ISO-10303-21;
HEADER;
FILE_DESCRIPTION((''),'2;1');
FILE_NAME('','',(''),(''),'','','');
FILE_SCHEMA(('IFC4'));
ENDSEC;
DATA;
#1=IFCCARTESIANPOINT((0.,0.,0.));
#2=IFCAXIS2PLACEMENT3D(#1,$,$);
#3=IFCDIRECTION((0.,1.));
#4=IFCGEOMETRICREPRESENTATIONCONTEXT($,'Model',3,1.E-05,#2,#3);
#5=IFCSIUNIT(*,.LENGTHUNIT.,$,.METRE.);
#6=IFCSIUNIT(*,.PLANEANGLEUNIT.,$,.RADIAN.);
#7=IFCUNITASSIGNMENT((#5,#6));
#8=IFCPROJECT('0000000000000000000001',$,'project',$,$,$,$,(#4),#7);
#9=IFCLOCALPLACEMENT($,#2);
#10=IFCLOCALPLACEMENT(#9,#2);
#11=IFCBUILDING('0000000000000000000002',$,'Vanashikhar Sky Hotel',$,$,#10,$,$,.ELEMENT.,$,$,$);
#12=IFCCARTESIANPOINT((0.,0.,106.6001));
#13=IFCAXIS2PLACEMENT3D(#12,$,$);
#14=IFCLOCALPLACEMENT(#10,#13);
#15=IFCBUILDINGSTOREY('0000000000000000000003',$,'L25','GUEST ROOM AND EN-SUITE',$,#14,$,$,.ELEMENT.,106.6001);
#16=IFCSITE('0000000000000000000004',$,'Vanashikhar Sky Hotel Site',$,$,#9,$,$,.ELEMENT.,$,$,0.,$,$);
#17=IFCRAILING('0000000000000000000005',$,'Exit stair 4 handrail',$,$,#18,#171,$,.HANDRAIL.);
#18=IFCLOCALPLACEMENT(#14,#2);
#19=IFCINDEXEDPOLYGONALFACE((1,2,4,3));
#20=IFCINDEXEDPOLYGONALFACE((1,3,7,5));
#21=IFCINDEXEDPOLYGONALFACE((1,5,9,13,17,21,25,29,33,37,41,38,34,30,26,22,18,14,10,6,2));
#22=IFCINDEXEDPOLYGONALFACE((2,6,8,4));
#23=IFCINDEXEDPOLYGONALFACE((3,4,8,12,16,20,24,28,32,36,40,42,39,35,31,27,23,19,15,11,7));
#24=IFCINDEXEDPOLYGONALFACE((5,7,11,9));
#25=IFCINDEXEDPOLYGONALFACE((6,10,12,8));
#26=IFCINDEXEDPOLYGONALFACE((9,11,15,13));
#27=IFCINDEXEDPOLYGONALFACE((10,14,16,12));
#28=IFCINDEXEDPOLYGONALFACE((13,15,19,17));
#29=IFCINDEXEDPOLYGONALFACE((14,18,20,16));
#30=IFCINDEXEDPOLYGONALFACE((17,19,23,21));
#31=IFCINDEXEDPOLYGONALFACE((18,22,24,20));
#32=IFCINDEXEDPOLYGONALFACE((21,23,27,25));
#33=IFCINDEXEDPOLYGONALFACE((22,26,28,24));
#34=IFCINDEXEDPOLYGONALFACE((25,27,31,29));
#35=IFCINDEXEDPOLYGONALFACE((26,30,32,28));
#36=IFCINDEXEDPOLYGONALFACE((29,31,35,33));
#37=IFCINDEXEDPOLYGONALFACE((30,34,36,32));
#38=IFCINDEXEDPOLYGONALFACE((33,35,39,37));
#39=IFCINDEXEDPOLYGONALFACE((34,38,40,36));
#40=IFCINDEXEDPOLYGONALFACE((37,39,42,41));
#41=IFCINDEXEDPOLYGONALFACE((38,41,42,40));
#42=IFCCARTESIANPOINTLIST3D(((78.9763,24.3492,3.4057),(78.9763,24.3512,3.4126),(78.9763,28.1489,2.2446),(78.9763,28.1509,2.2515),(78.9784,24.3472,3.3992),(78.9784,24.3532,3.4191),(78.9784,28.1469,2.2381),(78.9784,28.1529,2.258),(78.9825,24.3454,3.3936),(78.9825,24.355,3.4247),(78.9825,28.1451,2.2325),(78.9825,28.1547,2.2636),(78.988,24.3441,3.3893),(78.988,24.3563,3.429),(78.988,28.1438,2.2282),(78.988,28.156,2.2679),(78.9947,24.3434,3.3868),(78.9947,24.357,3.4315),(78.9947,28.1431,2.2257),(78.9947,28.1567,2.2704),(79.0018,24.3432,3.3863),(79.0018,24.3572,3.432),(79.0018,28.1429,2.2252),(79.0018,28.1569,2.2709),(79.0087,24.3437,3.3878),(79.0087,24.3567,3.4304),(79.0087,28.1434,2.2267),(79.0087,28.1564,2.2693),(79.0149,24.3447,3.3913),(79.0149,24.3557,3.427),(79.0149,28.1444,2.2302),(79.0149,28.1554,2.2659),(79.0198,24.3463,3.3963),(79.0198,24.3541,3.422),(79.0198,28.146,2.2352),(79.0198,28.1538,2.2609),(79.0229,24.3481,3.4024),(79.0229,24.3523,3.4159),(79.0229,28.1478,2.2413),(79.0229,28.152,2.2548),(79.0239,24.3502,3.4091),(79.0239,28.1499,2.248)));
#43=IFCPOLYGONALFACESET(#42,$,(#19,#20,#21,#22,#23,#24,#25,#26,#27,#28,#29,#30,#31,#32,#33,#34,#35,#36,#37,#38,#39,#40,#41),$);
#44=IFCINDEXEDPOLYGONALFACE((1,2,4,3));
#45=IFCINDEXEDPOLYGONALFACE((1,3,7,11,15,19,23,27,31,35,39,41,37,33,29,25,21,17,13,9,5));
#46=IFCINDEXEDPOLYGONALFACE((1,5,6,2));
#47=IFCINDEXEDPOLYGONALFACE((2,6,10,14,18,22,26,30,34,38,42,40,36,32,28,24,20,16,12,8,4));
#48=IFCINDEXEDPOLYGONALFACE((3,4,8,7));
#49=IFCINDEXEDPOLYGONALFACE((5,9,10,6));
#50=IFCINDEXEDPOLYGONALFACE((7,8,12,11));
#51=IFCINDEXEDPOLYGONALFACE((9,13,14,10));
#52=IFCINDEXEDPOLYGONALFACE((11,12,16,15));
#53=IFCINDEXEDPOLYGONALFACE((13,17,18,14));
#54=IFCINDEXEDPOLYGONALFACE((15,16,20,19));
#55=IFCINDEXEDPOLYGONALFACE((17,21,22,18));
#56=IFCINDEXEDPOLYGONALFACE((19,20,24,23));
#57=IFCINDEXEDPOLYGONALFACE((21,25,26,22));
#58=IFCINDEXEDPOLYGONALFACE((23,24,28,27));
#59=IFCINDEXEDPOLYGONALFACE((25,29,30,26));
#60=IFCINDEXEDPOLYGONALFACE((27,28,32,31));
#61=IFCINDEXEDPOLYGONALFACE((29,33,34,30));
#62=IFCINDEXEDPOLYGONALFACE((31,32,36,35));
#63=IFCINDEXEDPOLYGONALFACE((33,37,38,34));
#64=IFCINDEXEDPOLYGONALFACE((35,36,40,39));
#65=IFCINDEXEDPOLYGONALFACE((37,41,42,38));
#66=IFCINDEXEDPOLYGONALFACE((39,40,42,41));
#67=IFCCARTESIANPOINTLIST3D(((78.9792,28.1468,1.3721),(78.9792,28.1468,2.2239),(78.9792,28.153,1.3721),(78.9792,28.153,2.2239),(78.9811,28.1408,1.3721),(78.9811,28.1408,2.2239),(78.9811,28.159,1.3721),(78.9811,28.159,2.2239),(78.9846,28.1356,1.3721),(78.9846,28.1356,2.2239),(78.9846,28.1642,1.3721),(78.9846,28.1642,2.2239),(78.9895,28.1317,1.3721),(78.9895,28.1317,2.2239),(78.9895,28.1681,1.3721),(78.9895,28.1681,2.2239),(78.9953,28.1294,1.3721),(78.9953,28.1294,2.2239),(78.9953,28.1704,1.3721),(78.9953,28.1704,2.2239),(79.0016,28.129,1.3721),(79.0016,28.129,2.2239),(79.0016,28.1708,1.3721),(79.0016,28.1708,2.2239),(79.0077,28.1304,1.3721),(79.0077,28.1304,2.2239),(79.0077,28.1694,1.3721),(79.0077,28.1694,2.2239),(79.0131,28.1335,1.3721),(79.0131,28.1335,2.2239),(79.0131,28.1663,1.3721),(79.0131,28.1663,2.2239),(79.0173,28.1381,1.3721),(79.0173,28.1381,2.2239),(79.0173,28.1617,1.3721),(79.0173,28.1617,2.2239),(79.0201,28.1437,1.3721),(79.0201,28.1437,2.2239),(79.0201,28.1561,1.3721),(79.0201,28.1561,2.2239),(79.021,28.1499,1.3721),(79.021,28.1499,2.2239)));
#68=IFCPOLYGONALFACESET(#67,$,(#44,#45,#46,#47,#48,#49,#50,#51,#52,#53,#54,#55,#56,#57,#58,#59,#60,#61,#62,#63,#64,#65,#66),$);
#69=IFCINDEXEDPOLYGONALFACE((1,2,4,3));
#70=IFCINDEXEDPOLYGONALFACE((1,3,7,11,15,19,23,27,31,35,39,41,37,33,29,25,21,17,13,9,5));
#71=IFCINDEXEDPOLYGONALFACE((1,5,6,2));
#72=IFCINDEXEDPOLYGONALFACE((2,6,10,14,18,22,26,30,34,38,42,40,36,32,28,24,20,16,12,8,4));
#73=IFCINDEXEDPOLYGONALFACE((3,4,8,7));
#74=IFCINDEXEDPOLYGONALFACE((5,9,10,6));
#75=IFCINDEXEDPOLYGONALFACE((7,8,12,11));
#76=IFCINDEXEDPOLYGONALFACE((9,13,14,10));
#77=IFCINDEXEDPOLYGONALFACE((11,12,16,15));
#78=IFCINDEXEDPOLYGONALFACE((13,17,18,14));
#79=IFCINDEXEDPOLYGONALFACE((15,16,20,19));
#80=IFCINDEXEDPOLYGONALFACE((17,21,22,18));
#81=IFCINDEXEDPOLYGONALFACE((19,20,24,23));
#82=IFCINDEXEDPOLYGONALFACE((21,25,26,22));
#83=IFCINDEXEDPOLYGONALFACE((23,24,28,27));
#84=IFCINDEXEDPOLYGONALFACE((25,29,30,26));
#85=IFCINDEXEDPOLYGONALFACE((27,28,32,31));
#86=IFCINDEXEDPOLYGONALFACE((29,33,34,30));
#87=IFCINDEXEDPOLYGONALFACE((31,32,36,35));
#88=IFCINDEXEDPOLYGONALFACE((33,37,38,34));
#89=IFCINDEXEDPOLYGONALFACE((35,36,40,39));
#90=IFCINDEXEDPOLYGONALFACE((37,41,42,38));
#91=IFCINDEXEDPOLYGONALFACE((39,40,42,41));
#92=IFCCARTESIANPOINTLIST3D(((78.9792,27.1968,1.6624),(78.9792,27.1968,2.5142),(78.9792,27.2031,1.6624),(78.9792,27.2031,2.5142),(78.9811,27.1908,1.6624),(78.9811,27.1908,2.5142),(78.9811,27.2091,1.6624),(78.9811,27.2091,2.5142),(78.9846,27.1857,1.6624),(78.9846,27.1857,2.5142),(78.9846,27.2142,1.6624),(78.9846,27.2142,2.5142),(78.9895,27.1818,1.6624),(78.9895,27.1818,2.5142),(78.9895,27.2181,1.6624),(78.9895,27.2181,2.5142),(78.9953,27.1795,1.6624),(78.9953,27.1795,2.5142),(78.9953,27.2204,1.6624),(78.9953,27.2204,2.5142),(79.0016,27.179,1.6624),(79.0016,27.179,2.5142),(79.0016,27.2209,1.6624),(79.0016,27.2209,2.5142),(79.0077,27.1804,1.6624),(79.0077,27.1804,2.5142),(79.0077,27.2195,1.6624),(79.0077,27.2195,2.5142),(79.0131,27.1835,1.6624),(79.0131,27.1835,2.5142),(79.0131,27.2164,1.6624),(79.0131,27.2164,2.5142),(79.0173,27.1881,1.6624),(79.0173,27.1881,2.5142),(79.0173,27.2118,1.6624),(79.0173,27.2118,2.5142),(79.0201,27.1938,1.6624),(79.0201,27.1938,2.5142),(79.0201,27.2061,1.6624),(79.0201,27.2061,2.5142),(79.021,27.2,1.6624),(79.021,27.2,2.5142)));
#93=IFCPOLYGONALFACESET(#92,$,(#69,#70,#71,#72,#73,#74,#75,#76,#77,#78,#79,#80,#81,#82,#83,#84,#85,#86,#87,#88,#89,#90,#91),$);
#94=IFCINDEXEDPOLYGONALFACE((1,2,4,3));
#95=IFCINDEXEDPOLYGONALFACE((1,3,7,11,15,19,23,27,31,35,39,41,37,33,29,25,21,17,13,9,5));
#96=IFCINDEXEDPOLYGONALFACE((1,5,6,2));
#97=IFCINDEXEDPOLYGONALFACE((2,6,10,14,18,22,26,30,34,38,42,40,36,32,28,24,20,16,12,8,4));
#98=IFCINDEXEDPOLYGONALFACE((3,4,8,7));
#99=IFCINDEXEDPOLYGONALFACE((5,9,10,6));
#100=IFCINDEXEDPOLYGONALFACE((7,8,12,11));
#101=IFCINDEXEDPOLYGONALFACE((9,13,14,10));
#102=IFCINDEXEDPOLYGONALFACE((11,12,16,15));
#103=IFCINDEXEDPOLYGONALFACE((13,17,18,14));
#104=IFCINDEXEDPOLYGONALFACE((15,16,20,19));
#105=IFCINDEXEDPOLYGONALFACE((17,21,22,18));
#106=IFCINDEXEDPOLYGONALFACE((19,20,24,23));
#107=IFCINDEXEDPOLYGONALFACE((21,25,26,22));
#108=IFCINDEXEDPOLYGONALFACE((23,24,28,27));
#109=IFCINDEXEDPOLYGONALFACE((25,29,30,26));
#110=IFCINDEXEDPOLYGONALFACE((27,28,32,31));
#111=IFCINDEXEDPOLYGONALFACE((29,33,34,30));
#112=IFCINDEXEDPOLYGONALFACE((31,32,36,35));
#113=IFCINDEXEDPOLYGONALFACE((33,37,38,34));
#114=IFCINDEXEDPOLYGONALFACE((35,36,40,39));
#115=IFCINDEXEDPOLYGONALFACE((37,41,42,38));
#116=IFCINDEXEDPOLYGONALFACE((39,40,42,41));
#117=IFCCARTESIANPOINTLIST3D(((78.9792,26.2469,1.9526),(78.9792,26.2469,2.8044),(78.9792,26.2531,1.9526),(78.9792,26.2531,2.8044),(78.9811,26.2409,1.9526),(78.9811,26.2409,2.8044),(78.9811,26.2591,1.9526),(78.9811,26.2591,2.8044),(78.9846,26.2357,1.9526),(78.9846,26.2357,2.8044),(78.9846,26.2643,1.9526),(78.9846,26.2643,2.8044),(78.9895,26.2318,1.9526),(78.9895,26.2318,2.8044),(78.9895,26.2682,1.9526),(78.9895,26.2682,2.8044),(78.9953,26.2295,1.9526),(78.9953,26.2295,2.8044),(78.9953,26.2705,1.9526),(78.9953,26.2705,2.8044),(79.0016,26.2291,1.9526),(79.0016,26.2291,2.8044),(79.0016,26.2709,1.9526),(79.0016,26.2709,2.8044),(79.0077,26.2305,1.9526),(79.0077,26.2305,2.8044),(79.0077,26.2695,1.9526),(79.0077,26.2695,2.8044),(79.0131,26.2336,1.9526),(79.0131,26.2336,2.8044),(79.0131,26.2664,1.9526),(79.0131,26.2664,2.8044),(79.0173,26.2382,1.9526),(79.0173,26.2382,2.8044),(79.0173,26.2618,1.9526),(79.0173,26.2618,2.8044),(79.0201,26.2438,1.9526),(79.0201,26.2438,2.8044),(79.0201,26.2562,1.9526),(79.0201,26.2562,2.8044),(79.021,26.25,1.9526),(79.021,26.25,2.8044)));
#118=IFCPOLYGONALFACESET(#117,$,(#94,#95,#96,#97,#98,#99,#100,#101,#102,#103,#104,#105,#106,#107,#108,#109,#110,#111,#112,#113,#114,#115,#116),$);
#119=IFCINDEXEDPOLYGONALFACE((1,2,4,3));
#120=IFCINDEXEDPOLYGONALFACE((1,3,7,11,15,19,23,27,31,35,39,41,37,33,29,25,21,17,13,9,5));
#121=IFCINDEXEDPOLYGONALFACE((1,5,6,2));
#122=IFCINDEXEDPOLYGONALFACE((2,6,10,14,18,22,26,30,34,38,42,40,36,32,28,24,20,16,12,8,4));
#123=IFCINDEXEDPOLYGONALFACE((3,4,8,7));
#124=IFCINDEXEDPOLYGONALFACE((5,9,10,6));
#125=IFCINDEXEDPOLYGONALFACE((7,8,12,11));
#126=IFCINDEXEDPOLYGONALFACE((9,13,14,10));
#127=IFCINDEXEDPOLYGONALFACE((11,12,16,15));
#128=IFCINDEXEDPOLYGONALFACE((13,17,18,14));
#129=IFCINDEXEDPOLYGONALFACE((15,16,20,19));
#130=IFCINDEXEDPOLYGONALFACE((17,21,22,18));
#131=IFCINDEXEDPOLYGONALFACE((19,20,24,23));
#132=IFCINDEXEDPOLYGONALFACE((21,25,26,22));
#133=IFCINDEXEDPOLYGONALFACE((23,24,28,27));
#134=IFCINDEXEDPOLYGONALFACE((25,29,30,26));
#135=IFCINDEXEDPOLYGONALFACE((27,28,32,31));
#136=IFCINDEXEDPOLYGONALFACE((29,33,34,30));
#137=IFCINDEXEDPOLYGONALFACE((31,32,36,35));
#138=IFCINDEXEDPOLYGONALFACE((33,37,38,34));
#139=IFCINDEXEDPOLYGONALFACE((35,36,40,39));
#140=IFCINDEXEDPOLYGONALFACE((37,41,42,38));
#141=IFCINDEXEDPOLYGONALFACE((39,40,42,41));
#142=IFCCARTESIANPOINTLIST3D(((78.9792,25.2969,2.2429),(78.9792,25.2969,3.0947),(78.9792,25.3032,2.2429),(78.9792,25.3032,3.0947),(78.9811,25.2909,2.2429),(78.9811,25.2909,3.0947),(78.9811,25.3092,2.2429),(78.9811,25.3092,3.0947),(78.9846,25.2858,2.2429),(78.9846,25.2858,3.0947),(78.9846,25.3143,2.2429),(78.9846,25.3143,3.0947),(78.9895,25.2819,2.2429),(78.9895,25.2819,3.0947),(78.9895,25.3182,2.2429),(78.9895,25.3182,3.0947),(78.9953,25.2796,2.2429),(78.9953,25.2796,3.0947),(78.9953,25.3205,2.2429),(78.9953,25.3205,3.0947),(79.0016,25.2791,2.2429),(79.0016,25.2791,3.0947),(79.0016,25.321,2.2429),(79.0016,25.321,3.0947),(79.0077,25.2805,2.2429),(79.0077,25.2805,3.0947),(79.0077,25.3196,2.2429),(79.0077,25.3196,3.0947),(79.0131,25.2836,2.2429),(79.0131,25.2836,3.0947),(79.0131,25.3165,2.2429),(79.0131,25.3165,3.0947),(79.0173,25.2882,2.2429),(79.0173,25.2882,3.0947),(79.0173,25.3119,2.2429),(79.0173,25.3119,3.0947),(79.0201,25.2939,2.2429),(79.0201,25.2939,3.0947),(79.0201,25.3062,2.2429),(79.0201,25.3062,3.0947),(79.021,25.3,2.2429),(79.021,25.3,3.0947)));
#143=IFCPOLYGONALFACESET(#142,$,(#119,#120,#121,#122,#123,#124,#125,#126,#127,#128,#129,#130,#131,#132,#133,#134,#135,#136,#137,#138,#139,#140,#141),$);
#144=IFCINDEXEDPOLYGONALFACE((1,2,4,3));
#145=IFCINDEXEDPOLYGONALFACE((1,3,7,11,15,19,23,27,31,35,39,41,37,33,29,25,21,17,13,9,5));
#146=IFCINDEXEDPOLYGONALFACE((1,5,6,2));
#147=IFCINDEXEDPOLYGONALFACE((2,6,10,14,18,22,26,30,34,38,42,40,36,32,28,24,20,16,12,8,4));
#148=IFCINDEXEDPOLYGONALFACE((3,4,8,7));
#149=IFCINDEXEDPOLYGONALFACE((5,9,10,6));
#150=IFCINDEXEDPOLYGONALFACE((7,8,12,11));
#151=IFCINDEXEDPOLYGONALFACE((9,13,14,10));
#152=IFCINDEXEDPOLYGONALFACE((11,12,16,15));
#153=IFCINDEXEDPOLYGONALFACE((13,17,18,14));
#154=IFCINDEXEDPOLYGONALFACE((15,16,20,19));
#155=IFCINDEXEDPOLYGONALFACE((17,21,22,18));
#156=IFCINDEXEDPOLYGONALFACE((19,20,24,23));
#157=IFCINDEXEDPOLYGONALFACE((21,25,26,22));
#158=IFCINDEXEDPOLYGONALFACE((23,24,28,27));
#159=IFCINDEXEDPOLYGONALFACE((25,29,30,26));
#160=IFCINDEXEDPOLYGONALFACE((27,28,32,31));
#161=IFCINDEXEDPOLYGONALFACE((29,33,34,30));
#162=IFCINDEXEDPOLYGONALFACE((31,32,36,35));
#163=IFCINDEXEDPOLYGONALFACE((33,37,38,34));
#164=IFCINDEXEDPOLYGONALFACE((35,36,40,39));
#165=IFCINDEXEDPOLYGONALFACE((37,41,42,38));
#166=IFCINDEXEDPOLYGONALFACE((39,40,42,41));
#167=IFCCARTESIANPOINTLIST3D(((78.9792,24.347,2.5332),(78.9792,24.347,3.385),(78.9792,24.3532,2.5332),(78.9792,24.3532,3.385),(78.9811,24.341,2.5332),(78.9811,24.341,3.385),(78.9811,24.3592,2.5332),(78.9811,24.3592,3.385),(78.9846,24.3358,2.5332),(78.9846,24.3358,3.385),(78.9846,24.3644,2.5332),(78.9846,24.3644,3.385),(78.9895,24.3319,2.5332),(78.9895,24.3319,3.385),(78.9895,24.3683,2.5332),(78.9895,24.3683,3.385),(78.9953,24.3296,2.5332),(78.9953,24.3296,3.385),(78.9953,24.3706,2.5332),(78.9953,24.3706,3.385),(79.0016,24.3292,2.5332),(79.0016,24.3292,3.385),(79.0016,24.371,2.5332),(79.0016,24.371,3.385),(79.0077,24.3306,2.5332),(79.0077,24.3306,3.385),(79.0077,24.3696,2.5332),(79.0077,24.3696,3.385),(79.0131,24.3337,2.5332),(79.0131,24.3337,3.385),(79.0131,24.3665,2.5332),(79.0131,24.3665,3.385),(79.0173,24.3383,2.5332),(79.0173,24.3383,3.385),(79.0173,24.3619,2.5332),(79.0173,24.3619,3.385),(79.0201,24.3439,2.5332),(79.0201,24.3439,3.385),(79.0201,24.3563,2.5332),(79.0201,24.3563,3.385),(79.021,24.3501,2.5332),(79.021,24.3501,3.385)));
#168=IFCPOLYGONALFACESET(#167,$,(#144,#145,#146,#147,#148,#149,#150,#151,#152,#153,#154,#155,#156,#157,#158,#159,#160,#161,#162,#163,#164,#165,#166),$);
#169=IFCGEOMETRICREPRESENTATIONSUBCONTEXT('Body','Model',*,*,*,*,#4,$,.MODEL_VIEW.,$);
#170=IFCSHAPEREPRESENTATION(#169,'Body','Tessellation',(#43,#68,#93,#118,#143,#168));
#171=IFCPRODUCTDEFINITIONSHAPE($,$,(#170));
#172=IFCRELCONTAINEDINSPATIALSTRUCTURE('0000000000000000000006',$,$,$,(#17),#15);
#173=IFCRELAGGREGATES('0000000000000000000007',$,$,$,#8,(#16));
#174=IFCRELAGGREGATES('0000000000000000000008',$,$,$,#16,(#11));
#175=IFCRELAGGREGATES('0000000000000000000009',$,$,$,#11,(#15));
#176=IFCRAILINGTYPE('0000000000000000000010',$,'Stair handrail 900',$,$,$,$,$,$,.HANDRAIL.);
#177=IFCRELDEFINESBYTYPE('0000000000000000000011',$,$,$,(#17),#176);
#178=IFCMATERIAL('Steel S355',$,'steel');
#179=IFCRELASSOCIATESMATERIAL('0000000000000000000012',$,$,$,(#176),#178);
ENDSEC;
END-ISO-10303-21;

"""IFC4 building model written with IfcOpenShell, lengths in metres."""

from ifc_helpers import new_model, si_unit, direction, frame, origin, origin_2d, place, context, subcontext, project, spatial, circle, extrude, source, transform, mapped, material, type_object, element, save


model = new_model("IFC4")

# Units and contexts
model_context = context("Model", 3, precision=1e-05, world=origin(), true_north=direction((0.0, 1.0)))
body_context = subcontext(model_context, "Body", "Model", "MODEL_VIEW")
ifc_project = project(units=[si_unit("LENGTHUNIT", "METRE"), si_unit("PLANEANGLEUNIT", "RADIAN")], contexts=[model_context])

# Site, building, storey
site_placement = place(None, origin())
site = spatial("IfcSite", under=ifc_project, at=site_placement, Name="Vanashikhar Sky Hotel Site", CompositionType="ELEMENT", RefElevation=0.0)
building_placement = place(site_placement, origin())
building = spatial("IfcBuilding", under=site, at=building_placement, Name="Vanashikhar Sky Hotel", CompositionType="ELEMENT")
storey_placement = place(building_placement, frame((0.0, 0.0, 106.6001)))
storey = spatial("IfcBuildingStorey", under=building, at=storey_placement, Name="L25", Description="GUEST ROOM AND EN-SUITE", CompositionType="ELEMENT", Elevation=106.6001)

# Railing
ifc_material_1 = material(Name="Steel S355", Category="steel")
railing_type_1 = type_object("IfcRailingType", Name="Stair handrail 900", PredefinedType="HANDRAIL", material=ifc_material_1)
shared_shape_1 = source(origin(), body_context, "Body", "SweptSolid", [
    extrude(circle(Radius=0.0239, at=origin_2d()), frame((0.0, 0.0, 0.876), z_axis=(0.0, -0.956346, 0.292237), x_axis=(1.0, 0.0, 0.0)), (0.0, 0.0, 1.0), 3.9731),
    extrude(circle(Radius=0.021, at=origin_2d()), origin(), (0.0, 0.0, 1.0), 0.8518),
    extrude(circle(Radius=0.021, at=origin_2d()), frame((0.0, -0.95, 0.2903)), (0.0, 0.0, 1.0), 0.8518),
    extrude(circle(Radius=0.021, at=origin_2d()), frame((0.0, -1.8999, 0.5806)), (0.0, 0.0, 1.0), 0.8518),
    extrude(circle(Radius=0.021, at=origin_2d()), frame((0.0, -2.8499, 0.8708)), (0.0, 0.0, 1.0), 0.8518),
    extrude(circle(Radius=0.021, at=origin_2d()), frame((0.0, -3.7998, 1.1611)), (0.0, 0.0, 1.0), 0.8518),
])
railing_1_placement = place(storey_placement, frame((79.0, 28.1499, 1.3721)))
element("IfcRailing", 1, at=railing_1_placement, inside=storey, type_object=railing_type_1, Name="Exit stair 4 handrail", PredefinedType="HANDRAIL", context=body_context, shape_type="MappedRepresentation", body=[
    mapped(shared_shape_1, transform((0.0, 0.0, 0.0), scale=1.0)),
])

save(model, "model.ifc")
